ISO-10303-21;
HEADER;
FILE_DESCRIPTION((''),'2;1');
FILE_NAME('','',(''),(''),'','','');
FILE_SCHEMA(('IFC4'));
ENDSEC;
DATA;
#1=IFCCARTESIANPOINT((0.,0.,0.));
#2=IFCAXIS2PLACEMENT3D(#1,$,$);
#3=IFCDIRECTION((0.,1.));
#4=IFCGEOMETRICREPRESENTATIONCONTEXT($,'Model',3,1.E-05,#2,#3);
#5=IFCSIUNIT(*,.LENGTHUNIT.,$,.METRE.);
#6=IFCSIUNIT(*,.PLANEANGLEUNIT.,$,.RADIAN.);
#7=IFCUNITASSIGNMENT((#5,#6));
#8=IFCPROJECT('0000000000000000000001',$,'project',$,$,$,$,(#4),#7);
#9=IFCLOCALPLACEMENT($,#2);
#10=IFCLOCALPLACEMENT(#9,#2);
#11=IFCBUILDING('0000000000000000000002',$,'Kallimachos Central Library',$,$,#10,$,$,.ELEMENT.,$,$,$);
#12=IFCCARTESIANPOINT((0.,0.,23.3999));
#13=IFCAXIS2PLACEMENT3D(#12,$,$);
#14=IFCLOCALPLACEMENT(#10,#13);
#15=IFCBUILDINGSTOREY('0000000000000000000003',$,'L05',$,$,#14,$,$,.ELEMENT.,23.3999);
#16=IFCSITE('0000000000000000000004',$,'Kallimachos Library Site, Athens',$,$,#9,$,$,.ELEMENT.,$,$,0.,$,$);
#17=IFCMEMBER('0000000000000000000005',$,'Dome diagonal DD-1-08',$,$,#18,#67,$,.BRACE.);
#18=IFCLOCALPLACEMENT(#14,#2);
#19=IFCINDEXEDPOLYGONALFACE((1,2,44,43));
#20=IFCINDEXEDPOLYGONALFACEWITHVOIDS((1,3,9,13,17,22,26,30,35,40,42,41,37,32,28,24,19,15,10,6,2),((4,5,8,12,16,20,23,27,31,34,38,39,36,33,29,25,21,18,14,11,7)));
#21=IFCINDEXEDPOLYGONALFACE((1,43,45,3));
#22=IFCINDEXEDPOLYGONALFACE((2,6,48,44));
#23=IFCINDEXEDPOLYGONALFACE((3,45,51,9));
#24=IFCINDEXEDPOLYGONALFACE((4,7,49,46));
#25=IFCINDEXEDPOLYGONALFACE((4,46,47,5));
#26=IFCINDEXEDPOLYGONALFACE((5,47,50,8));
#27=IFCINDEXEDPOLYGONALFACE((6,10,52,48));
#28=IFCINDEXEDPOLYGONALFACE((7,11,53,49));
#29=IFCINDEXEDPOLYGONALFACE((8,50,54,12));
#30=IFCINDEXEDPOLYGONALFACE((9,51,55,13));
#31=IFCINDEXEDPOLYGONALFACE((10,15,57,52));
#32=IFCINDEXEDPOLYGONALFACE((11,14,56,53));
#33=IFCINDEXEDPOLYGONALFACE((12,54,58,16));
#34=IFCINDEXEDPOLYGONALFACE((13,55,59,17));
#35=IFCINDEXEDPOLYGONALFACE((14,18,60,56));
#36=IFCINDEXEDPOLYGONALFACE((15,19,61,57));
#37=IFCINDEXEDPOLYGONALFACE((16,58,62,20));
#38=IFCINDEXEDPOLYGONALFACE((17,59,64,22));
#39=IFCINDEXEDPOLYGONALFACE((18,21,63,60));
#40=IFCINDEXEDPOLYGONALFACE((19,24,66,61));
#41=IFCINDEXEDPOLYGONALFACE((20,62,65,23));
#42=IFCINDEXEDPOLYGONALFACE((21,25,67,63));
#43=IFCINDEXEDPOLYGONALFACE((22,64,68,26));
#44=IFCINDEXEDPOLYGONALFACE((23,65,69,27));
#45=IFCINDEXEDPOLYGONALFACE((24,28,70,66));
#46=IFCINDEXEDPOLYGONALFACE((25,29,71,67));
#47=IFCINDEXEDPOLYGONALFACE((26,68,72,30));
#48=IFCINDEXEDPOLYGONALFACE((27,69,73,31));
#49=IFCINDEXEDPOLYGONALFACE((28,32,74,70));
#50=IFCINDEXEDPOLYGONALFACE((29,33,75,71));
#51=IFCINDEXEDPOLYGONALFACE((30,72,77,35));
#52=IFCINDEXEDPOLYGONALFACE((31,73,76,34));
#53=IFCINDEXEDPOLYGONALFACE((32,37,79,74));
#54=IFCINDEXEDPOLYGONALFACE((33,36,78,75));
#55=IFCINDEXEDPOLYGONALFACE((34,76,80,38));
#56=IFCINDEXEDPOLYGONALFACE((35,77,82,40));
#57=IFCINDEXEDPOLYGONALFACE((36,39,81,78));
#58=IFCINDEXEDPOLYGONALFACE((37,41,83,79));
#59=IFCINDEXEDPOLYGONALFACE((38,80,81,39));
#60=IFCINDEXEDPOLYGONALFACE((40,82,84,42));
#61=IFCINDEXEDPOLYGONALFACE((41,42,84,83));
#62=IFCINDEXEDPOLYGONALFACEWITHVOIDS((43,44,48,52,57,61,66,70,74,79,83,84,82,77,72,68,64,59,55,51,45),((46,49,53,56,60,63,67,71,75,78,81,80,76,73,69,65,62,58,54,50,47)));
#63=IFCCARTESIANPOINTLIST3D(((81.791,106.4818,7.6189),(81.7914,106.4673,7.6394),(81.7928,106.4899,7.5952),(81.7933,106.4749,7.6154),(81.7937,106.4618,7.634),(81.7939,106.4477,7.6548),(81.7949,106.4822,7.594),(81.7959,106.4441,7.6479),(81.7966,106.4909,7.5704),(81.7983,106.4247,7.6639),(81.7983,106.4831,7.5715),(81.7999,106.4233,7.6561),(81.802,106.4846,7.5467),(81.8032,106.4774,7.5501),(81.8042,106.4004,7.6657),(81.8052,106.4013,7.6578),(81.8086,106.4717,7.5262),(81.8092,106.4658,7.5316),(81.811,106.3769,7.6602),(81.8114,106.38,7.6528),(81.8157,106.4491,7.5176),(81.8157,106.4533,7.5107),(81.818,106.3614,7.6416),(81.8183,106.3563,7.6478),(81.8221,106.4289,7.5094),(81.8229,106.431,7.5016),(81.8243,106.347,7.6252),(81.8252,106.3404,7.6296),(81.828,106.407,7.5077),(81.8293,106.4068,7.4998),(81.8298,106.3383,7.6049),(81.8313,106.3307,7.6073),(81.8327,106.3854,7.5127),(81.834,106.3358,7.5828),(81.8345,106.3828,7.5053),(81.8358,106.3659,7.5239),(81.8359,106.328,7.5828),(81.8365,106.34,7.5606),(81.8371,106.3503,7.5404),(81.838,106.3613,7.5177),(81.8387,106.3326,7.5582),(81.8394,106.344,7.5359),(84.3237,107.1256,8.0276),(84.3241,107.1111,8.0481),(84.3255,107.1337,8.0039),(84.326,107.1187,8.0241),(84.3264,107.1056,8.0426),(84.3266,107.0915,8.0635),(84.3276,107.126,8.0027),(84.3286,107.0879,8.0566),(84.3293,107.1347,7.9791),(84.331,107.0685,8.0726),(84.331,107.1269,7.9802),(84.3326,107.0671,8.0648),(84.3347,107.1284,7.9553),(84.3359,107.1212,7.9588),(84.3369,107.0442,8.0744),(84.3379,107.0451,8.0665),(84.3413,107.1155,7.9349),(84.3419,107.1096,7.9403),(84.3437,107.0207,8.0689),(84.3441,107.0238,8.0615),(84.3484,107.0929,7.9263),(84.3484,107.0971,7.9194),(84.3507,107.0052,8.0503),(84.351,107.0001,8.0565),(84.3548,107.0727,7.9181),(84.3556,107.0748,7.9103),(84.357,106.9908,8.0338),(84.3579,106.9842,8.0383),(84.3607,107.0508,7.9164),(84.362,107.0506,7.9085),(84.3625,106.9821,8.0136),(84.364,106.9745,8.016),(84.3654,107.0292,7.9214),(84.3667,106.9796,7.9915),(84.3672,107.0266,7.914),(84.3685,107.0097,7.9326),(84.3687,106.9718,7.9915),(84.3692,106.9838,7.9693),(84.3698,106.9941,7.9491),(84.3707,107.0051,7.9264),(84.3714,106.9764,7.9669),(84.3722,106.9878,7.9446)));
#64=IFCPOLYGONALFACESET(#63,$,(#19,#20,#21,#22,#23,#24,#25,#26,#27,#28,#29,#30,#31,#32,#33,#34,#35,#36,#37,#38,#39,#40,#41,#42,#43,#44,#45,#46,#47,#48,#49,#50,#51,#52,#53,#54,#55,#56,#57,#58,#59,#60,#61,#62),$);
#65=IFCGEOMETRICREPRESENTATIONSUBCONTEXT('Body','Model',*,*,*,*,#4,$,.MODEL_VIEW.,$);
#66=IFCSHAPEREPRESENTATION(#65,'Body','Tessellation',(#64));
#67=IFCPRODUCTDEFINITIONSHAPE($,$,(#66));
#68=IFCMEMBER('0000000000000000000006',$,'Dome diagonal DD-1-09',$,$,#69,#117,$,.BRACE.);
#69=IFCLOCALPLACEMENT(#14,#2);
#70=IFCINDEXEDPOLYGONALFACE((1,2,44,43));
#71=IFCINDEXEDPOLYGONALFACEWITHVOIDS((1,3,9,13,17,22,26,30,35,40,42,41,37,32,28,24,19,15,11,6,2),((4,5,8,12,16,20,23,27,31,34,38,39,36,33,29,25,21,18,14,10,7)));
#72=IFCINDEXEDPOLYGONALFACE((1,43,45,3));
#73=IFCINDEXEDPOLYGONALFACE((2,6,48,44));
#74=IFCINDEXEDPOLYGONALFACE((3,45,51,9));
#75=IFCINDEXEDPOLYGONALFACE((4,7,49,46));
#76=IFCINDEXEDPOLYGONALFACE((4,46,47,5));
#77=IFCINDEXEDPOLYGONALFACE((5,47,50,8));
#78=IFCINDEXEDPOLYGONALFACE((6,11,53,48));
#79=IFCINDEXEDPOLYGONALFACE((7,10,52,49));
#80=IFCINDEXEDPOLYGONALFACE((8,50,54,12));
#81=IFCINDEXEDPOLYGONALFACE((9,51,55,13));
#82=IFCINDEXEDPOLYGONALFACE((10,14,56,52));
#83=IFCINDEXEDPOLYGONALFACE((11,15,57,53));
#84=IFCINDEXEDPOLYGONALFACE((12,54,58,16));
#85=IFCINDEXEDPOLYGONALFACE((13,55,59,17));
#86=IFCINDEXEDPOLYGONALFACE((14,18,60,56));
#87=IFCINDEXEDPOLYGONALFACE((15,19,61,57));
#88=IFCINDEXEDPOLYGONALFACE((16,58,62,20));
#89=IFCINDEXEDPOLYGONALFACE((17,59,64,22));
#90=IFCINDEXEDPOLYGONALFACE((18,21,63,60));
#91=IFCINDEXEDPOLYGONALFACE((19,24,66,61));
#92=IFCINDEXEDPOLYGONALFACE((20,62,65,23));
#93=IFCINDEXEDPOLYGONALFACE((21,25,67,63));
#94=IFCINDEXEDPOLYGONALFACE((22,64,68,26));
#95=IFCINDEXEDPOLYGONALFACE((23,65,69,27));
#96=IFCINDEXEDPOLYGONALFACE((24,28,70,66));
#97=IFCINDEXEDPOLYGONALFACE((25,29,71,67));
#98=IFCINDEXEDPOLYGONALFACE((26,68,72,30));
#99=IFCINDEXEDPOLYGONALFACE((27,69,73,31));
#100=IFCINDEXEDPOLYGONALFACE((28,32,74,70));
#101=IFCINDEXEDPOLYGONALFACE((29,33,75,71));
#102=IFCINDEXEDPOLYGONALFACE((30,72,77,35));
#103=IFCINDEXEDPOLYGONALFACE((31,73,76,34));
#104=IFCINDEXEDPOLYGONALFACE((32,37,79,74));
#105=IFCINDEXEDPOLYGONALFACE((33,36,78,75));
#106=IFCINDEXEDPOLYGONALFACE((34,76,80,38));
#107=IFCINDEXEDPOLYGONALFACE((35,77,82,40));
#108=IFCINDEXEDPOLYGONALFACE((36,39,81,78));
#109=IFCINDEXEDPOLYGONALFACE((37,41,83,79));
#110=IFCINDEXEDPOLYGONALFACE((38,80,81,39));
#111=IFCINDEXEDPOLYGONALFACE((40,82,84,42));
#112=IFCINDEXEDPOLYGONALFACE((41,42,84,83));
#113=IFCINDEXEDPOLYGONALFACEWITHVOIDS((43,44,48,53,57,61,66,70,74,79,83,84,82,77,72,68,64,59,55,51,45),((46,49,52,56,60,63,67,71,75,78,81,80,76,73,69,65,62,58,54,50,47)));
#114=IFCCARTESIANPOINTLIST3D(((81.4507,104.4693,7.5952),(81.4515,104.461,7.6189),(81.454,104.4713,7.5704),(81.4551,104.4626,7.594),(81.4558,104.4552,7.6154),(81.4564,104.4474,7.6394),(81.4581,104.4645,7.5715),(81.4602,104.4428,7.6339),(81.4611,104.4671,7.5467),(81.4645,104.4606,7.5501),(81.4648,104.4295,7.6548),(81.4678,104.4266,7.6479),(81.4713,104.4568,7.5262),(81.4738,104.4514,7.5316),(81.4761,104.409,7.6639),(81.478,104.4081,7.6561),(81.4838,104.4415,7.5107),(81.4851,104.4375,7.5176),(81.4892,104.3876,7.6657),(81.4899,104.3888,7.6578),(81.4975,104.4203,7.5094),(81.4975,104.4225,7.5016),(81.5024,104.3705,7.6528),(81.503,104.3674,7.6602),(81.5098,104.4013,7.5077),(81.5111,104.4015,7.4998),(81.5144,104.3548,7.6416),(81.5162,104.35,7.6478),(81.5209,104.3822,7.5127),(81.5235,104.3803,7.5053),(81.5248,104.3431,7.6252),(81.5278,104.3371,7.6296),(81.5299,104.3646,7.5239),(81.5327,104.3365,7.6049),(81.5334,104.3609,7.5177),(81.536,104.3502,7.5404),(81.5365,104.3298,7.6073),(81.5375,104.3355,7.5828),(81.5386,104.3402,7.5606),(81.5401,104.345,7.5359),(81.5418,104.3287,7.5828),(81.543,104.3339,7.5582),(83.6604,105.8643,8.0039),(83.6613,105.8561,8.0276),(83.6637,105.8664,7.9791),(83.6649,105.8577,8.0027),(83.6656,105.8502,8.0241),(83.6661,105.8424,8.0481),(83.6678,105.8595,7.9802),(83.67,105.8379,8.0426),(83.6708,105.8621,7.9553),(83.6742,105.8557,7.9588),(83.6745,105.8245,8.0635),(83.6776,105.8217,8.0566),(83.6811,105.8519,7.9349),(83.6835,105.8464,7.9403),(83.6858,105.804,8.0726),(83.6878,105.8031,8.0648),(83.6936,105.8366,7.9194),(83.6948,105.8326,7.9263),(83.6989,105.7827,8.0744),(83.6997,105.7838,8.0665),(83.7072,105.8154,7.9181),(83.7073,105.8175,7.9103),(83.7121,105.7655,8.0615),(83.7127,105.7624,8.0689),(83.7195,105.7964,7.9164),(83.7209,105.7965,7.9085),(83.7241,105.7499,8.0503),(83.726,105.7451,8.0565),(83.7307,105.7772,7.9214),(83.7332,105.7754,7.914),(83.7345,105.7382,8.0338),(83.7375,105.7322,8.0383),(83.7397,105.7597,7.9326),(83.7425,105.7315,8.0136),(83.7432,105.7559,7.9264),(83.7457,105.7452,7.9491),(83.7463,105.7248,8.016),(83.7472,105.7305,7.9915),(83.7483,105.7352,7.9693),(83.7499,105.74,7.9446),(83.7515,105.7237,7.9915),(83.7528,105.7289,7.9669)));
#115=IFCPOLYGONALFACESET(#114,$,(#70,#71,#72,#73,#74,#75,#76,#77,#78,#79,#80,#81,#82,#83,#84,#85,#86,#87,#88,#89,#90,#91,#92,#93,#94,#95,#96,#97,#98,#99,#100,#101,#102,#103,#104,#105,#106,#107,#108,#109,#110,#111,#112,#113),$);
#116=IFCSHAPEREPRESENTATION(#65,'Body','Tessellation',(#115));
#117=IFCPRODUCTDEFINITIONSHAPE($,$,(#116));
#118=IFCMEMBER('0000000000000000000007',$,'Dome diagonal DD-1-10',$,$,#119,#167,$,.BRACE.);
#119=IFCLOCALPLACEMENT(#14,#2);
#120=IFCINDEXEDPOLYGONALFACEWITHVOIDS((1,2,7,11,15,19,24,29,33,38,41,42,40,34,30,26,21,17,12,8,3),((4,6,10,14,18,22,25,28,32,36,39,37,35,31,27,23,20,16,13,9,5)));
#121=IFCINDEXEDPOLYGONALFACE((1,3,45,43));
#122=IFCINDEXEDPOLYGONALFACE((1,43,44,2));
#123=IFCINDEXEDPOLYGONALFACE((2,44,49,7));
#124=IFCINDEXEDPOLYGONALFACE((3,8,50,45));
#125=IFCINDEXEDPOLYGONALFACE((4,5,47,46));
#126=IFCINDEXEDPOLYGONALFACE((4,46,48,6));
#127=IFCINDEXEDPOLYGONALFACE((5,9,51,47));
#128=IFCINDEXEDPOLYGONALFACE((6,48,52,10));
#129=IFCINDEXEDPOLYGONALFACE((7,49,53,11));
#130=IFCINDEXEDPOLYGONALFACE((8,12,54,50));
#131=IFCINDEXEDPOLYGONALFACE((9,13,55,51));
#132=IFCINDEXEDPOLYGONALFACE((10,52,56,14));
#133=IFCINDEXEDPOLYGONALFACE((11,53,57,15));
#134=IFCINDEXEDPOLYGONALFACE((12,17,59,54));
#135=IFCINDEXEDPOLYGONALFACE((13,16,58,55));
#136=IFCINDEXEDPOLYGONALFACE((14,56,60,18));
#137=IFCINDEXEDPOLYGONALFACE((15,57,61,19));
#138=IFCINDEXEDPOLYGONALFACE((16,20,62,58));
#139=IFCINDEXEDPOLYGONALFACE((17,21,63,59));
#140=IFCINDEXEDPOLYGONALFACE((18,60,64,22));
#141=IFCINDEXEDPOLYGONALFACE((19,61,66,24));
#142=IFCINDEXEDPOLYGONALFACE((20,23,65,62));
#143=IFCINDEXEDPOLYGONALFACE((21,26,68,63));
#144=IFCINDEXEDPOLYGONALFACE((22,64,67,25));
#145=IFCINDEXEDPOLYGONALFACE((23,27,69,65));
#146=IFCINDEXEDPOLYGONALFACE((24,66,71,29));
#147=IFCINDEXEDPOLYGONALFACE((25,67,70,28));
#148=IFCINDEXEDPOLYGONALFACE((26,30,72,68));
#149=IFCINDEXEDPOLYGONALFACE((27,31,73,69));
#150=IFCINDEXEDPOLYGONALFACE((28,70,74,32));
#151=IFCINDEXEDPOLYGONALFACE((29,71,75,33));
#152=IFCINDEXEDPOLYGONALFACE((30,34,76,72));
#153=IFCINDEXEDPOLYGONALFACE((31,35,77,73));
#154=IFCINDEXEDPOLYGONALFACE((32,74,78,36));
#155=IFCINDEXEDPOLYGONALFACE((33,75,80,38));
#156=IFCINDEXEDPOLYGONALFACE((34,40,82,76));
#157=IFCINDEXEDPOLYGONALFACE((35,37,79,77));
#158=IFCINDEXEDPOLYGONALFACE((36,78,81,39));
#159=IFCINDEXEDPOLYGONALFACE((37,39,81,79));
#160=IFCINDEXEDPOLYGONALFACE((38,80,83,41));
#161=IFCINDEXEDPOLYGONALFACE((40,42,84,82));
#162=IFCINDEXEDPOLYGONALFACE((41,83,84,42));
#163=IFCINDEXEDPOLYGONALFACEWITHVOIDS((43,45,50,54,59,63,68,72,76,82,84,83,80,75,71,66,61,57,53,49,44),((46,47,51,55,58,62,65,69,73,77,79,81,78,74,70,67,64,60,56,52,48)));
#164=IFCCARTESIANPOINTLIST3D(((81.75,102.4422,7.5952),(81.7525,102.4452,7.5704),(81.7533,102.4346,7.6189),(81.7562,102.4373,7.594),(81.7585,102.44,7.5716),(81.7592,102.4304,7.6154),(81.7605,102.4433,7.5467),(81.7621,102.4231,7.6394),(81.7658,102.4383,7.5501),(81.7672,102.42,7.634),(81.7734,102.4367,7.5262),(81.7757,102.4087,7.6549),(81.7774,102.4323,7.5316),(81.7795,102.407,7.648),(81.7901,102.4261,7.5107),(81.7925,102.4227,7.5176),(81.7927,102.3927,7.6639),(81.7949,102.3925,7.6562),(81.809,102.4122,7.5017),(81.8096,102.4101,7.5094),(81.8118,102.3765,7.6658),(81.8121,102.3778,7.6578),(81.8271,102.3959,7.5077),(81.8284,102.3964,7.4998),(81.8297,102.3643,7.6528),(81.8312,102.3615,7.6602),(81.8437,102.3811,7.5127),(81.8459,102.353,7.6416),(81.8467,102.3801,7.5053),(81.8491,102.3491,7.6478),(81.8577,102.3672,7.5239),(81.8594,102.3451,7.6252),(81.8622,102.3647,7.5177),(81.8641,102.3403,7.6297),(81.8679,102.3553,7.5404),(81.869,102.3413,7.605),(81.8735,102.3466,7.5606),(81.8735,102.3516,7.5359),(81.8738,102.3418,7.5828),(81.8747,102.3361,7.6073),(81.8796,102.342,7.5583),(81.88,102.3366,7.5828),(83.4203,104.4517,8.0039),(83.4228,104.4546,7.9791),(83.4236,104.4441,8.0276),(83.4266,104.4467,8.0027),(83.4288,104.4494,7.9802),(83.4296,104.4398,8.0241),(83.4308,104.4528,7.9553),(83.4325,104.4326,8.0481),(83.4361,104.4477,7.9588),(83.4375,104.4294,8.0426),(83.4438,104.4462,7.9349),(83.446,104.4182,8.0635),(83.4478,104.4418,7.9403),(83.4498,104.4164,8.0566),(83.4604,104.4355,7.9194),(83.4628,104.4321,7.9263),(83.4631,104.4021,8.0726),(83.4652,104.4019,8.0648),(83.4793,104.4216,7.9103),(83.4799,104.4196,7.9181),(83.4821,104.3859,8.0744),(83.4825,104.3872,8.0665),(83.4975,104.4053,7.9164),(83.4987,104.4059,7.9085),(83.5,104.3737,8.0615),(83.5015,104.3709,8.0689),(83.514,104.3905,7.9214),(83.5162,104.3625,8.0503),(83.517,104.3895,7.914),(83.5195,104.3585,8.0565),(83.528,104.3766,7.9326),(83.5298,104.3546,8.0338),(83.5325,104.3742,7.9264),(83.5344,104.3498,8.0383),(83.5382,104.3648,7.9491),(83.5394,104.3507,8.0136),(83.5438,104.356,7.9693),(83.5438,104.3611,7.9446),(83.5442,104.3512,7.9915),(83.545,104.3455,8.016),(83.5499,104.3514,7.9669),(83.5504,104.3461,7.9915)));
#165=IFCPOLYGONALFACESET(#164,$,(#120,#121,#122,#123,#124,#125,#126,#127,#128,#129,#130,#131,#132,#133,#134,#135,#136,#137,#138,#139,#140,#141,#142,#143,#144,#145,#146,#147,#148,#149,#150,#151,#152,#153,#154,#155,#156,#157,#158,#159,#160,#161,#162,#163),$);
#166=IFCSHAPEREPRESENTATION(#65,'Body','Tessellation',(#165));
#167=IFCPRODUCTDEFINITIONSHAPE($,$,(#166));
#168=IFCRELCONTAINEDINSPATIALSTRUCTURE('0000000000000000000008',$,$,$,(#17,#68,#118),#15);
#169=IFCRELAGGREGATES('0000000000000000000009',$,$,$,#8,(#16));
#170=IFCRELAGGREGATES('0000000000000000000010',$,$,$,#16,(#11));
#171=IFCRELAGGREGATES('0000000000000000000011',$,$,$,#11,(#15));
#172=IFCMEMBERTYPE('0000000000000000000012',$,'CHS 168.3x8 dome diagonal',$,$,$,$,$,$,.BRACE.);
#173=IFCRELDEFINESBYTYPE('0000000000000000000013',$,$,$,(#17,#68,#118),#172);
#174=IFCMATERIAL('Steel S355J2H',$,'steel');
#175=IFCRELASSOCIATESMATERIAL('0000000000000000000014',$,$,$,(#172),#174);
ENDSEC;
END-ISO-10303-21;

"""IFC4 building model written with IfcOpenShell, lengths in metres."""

from ifc_helpers import new_model, si_unit, direction, frame, origin, origin_2d, place, context, subcontext, project, spatial, hollow_circle, extrude, material, material_profile, profile_set, type_object, element, save


model = new_model("IFC4")

# Units and contexts
model_context = context("Model", 3, precision=1e-05, world=origin(), true_north=direction((0.0, 1.0)))
body_context = subcontext(model_context, "Body", "Model", "MODEL_VIEW")
ifc_project = project(units=[si_unit("LENGTHUNIT", "METRE"), si_unit("PLANEANGLEUNIT", "RADIAN")], contexts=[model_context])

# Site, building, storey
site_placement = place(None, origin())
site = spatial("IfcSite", under=ifc_project, at=site_placement, Name="Kallimachos Library Site, Athens", CompositionType="ELEMENT", RefElevation=0.0)
building_placement = place(site_placement, origin())
building = spatial("IfcBuilding", under=site, at=building_placement, Name="Kallimachos Central Library", CompositionType="ELEMENT")
storey_placement = place(building_placement, frame((0.0, 0.0, 23.3999)))
storey = spatial("IfcBuildingStorey", under=building, at=storey_placement, Name="L05", CompositionType="ELEMENT", Elevation=23.3999)

# Members
ifc_material_1 = material(Name="Steel S355J2H", Category="steel")
ifc_material_profile_1 = material_profile(ifc_material_1, hollow_circle(Radius=0.0842, WallThickness=0.0081, at=origin_2d()), Name="CHS 168.3x8")
ifc_profile_set_1 = profile_set([ifc_material_profile_1], Name="Steel S355J2H")
member_type_1 = type_object("IfcMemberType", Name="CHS 168.3x8 dome diagonal", PredefinedType="BRACE", material=ifc_profile_set_1)
for number, where, z_axis, x_axis, name in (
    (1, (84.3479, 107.0535, 7.9915), (-0.95754, -0.2434, -0.154513), (0.246359, -0.969179, 0.0), "Dome diagonal DD-1-08"),
    (2, (83.7065, 105.7949, 7.9915), (-0.835436, -0.52742, -0.154515), (0.533831, -0.845591, 0.0), "Dome diagonal DD-1-09"),
):
    element("IfcMember", number, at=place(storey_placement, frame(where, z_axis=z_axis, x_axis=x_axis)), inside=storey, type_object=member_type_1, Name=name, PredefinedType="BRACE", context=body_context, shape_type="SweptSolid", body=[
        extrude(hollow_circle(Radius=0.0842, WallThickness=0.0081, at=origin_2d()), origin(), (0.0, 0.0, 1.0), 2.645),
    ])
member_1_placement = place(storey_placement, frame((83.4856, 104.3999, 7.9915), z_axis=(-0.63156, -0.759773, -0.154521), x_axis=(0.769009, -0.639237, 0.0)))
element("IfcMember", 3, at=member_1_placement, inside=storey, type_object=member_type_1, Name="Dome diagonal DD-1-10", PredefinedType="BRACE", context=body_context, shape_type="SweptSolid", body=[
    extrude(hollow_circle(Radius=0.0842, WallThickness=0.0081, at=origin_2d()), origin(), (0.0, 0.0, 1.0), 2.6448),
])

save(model, "model.ifc")
